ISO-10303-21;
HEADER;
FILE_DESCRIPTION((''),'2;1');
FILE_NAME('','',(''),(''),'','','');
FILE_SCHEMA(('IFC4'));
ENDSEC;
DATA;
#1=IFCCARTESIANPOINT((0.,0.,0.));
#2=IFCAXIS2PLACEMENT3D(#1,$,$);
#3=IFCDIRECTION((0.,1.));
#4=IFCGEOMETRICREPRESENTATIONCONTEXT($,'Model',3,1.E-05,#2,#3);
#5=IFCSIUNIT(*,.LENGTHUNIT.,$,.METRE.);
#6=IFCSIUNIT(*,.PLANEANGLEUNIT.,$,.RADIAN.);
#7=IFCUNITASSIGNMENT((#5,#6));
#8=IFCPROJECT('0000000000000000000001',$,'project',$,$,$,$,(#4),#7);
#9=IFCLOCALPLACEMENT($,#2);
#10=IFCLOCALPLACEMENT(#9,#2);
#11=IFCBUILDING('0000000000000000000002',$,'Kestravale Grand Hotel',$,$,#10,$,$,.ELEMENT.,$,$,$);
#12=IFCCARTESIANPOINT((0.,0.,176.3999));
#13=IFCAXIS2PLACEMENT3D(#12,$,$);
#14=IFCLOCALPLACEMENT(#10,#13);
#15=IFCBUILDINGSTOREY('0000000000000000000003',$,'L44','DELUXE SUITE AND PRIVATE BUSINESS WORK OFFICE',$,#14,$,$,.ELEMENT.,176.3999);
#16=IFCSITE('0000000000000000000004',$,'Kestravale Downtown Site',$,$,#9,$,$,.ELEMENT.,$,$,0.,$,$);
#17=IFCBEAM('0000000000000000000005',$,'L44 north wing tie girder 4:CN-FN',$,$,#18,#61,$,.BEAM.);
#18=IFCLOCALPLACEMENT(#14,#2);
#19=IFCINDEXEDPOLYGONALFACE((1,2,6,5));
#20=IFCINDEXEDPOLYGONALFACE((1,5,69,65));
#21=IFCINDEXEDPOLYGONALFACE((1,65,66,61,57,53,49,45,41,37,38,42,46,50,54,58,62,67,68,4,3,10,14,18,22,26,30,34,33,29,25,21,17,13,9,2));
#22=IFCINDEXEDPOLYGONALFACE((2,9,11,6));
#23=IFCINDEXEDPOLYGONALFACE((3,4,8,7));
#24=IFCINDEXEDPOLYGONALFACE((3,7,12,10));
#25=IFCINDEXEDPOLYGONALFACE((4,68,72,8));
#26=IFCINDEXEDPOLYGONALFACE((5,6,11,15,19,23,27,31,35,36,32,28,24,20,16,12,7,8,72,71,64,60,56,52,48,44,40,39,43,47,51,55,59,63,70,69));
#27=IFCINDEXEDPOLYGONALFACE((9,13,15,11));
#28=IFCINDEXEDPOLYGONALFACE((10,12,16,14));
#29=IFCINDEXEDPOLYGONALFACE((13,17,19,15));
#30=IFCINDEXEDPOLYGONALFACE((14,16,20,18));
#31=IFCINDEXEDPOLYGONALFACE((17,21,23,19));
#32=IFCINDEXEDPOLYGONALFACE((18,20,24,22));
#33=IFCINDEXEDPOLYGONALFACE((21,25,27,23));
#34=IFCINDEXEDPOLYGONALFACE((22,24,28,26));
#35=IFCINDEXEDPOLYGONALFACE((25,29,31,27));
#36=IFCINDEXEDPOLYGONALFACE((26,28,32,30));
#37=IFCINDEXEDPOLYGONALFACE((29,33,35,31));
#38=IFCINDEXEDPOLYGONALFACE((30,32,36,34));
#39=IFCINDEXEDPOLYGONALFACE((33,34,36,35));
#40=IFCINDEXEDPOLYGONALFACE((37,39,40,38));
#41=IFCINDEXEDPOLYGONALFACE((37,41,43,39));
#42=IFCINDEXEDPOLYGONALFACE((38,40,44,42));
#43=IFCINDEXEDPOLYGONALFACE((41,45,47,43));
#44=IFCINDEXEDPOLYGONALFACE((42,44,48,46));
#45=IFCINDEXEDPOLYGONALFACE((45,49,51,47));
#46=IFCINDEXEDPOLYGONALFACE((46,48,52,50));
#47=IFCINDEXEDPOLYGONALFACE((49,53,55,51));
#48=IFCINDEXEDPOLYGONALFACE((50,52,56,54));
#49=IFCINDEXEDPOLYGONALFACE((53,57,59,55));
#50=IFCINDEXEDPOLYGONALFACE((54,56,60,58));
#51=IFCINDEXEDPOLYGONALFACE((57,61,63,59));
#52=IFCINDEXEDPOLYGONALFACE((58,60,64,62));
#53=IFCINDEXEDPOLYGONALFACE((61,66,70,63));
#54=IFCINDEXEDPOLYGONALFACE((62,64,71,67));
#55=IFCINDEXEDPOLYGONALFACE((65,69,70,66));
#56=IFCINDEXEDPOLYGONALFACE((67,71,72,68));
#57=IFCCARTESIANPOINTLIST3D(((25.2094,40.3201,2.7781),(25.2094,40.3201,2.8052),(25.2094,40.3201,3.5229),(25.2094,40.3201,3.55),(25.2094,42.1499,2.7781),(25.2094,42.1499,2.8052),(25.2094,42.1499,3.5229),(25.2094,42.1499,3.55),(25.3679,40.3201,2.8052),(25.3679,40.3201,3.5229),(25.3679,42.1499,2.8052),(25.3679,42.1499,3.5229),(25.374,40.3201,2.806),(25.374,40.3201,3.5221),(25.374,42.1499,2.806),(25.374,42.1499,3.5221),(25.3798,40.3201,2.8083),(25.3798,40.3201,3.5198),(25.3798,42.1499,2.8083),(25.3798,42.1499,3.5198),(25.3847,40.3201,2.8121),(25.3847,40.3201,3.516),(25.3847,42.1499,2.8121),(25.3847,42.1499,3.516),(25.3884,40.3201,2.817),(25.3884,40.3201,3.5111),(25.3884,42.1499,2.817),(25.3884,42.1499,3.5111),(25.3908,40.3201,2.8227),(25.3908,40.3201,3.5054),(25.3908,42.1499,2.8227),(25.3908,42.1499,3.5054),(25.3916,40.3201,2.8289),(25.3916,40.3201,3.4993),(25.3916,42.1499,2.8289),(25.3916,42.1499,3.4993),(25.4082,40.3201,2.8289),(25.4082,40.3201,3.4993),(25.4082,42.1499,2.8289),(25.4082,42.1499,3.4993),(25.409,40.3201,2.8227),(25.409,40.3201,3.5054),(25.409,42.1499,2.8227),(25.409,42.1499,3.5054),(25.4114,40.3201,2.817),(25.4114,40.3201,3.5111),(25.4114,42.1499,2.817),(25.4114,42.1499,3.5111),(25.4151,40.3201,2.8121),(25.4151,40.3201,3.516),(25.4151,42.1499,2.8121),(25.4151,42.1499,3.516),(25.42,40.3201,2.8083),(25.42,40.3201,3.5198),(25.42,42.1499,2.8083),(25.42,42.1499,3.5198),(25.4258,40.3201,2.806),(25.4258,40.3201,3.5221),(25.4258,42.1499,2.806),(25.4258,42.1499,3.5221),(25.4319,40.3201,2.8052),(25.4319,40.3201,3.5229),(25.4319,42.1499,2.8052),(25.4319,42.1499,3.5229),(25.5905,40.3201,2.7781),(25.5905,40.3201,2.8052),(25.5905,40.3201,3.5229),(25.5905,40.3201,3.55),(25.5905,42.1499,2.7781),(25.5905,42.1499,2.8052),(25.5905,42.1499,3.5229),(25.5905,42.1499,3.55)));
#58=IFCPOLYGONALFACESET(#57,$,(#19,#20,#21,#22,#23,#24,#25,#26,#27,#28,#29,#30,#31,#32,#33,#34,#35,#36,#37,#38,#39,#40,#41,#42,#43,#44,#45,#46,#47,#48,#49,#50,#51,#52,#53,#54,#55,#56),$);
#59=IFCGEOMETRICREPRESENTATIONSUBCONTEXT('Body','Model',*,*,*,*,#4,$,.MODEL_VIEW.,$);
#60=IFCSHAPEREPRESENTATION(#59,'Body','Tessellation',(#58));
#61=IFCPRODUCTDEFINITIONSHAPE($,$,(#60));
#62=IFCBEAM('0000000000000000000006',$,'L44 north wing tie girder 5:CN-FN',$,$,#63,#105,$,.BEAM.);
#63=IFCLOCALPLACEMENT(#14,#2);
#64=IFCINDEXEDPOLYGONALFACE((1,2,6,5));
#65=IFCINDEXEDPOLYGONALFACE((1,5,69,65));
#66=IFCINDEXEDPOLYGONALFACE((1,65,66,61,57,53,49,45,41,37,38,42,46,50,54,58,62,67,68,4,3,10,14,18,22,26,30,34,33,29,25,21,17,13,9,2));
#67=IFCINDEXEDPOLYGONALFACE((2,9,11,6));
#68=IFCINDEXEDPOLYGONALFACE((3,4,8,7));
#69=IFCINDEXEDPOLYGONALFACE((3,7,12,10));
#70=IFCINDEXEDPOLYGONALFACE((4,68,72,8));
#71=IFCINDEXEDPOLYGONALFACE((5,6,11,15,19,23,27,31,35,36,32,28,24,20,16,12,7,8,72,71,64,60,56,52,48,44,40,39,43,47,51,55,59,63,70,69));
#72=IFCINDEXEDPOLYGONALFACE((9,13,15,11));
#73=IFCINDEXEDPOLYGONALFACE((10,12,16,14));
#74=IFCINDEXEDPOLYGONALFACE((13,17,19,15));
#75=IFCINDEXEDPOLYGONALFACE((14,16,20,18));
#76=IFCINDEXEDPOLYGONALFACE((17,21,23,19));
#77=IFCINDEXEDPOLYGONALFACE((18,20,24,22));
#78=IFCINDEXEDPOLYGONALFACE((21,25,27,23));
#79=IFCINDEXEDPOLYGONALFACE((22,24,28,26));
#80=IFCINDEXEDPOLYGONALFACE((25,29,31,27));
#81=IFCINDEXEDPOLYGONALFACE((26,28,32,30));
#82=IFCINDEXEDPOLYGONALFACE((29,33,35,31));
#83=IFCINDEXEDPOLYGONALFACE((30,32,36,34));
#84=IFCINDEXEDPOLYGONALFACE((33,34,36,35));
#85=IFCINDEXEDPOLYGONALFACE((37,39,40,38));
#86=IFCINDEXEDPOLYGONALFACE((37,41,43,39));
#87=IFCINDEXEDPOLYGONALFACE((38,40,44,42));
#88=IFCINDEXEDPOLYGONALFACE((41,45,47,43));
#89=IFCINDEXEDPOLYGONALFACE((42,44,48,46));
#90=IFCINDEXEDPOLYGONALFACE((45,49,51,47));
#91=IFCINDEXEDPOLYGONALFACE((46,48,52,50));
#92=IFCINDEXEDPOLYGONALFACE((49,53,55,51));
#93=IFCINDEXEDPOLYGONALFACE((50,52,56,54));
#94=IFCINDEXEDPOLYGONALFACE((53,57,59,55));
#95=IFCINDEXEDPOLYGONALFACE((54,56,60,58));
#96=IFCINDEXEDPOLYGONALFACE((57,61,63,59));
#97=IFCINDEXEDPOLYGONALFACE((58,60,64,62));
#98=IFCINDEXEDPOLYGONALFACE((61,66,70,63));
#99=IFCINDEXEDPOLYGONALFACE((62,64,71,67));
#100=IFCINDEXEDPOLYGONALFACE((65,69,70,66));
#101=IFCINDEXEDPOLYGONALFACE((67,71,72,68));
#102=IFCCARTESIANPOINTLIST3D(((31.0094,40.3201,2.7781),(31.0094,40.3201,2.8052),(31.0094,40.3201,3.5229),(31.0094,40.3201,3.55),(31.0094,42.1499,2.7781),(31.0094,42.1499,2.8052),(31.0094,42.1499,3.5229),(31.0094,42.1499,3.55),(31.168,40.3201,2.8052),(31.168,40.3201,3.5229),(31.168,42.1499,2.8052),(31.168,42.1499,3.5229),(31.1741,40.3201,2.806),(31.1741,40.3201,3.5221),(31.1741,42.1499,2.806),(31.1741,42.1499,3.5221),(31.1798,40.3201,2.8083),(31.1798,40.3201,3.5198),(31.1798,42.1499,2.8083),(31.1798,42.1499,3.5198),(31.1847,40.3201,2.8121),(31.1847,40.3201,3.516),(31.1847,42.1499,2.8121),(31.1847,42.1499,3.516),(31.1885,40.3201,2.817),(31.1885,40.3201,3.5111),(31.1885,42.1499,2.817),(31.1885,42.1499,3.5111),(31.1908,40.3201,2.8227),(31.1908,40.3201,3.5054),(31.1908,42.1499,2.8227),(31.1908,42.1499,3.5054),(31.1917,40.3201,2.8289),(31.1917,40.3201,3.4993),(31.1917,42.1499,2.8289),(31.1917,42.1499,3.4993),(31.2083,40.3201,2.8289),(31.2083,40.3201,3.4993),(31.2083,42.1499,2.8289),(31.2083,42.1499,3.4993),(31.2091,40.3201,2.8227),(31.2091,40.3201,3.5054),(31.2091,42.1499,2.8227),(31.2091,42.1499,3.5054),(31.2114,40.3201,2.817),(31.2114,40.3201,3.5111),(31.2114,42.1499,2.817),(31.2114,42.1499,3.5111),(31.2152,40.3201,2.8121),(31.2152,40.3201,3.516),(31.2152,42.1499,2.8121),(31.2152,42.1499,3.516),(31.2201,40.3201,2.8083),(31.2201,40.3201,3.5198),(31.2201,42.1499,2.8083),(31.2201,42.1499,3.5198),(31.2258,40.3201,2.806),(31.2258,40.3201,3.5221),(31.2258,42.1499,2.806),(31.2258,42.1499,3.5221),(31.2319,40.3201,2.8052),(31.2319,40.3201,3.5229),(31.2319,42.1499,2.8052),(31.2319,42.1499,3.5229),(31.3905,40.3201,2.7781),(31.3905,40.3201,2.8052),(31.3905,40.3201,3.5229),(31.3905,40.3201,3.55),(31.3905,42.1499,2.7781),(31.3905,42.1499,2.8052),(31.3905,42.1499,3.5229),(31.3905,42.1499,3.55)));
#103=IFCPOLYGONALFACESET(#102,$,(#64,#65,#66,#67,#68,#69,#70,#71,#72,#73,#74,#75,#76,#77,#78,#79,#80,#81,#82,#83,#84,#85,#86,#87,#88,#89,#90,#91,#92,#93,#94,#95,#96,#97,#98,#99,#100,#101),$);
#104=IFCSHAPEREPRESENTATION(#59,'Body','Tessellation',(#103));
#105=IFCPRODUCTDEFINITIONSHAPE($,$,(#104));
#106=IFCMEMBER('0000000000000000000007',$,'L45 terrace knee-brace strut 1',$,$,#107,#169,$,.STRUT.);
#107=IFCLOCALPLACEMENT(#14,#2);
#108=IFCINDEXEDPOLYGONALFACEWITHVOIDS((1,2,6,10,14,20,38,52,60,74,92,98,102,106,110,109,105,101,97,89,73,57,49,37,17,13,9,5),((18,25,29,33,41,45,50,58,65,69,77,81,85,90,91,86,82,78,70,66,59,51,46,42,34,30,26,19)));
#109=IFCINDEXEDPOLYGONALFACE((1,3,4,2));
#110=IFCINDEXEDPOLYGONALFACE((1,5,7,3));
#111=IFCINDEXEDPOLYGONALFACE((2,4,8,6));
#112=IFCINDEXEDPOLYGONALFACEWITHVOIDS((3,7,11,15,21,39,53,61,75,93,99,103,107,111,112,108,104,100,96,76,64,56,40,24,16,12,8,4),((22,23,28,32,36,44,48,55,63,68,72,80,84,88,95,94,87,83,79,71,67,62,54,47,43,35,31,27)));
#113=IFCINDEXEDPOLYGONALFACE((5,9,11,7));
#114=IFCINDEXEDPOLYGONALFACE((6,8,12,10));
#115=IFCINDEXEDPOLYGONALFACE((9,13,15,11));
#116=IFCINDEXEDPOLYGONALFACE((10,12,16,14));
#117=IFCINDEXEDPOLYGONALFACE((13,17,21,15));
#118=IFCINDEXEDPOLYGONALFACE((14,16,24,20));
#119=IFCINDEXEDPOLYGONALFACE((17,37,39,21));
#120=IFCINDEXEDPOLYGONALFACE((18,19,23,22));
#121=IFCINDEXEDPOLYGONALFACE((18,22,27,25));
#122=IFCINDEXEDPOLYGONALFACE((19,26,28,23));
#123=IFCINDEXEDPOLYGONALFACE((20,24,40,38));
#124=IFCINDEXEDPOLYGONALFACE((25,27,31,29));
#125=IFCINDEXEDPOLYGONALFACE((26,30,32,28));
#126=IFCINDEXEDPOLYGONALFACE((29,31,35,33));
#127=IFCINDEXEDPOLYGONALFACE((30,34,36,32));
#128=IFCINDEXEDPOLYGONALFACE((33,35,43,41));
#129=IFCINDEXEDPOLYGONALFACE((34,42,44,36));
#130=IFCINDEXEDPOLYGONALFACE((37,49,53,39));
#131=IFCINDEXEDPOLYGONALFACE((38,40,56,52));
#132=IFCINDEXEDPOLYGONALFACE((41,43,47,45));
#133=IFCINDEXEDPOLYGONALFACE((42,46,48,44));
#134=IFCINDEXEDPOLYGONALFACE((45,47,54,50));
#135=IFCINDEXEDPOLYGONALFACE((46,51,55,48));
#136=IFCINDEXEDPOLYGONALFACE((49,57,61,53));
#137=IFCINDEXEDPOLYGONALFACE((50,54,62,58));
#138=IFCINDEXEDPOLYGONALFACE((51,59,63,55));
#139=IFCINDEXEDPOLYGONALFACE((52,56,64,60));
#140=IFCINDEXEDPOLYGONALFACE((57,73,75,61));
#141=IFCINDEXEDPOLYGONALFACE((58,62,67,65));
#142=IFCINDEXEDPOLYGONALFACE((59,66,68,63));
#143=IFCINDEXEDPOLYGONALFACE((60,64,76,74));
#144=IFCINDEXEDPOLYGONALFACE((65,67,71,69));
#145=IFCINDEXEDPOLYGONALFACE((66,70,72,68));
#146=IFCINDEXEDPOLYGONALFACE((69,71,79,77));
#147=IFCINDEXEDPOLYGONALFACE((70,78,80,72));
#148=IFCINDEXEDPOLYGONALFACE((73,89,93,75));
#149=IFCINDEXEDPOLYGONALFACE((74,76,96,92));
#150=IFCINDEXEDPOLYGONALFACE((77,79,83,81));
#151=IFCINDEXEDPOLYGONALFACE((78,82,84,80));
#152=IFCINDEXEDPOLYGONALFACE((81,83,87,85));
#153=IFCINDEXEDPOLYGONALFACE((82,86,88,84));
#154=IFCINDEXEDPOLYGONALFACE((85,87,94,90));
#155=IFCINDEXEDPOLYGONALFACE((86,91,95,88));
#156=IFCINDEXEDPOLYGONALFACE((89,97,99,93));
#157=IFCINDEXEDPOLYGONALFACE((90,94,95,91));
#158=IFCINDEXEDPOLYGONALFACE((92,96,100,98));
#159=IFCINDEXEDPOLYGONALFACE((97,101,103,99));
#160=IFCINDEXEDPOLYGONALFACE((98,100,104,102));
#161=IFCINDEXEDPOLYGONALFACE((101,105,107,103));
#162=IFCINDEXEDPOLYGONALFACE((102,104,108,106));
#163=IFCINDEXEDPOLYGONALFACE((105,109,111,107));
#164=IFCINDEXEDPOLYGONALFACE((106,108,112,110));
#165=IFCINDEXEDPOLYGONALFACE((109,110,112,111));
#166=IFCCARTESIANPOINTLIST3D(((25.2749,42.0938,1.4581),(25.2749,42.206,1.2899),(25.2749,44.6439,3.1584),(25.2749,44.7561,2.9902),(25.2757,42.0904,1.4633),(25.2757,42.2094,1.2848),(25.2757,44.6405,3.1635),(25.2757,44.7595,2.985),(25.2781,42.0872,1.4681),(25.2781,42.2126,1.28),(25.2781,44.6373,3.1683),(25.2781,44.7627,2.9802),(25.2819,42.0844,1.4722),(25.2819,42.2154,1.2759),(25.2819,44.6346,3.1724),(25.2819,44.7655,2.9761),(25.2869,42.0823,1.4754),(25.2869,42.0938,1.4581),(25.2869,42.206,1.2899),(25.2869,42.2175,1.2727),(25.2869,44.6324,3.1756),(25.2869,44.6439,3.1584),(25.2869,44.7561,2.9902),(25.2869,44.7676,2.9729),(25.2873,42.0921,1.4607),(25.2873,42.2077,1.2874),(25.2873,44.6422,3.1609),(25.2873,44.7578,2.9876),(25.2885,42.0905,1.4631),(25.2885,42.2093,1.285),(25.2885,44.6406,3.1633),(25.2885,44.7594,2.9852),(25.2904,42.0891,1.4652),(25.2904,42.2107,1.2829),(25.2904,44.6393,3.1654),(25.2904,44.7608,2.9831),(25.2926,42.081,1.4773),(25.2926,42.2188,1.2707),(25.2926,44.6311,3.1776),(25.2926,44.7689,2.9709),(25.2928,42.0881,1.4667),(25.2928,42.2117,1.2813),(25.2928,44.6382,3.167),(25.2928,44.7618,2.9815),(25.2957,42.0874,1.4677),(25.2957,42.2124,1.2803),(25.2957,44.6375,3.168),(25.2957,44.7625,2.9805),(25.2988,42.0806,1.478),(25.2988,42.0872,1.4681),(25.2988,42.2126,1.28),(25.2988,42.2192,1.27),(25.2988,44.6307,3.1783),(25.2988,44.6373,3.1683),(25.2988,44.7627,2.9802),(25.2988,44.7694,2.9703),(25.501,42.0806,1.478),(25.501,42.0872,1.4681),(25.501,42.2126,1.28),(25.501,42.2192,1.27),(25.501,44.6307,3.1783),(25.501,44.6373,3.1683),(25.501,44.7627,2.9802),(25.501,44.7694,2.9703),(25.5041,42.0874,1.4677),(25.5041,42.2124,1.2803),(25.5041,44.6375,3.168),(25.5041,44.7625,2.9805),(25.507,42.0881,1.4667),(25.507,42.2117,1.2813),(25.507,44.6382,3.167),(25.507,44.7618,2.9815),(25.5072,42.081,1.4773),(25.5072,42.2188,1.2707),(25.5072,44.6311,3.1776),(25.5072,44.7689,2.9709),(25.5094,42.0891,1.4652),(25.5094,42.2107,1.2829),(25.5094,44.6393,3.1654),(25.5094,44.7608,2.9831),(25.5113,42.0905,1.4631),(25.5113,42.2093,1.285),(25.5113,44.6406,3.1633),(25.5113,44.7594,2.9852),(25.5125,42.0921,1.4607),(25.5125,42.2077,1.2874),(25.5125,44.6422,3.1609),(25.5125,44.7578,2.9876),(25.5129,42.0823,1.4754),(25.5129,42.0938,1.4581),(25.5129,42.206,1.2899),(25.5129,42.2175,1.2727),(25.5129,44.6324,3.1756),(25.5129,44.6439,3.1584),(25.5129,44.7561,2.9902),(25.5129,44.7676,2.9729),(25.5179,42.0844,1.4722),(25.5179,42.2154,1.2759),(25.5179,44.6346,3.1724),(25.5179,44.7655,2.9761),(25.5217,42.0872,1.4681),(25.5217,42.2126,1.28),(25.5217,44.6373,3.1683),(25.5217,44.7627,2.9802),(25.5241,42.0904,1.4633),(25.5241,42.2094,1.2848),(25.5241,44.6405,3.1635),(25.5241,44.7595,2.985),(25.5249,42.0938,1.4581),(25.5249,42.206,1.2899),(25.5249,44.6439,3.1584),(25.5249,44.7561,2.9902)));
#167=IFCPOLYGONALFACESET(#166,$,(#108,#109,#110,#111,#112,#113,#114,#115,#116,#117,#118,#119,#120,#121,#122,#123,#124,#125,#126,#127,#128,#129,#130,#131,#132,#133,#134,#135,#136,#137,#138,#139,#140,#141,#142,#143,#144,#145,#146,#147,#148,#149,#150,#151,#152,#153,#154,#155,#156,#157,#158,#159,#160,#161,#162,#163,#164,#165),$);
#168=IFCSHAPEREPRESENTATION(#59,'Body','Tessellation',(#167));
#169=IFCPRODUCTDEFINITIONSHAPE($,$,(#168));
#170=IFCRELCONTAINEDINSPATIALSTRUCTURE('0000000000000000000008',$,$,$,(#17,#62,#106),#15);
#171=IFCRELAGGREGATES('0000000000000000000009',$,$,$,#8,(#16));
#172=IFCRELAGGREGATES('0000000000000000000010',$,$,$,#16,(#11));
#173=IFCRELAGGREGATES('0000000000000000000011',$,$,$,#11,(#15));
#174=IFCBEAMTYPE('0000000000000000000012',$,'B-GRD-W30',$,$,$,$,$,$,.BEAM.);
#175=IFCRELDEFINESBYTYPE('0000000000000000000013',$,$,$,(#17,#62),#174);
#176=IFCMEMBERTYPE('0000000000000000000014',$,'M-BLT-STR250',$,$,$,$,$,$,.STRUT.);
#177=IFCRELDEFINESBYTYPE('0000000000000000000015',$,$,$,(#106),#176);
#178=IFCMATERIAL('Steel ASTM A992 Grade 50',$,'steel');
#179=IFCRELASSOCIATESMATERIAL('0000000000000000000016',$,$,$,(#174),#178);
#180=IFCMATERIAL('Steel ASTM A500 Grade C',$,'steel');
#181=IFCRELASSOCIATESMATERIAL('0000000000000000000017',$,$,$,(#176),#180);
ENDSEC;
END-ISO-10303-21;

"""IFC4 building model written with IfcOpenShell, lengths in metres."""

from ifc_helpers import new_model, si_unit, direction, frame, origin, origin_2d, place, context, subcontext, project, spatial, hollow_rectangle, i_section, extrude, material, material_profile, profile_set, type_object, element, save


model = new_model("IFC4")

# Units and contexts
model_context = context("Model", 3, precision=1e-05, world=origin(), true_north=direction((0.0, 1.0)))
body_context = subcontext(model_context, "Body", "Model", "MODEL_VIEW")
ifc_project = project(units=[si_unit("LENGTHUNIT", "METRE"), si_unit("PLANEANGLEUNIT", "RADIAN")], contexts=[model_context])

# Site, building, storey
site_placement = place(None, origin())
site = spatial("IfcSite", under=ifc_project, at=site_placement, Name="Kestravale Downtown Site", CompositionType="ELEMENT", RefElevation=0.0)
building_placement = place(site_placement, origin())
building = spatial("IfcBuilding", under=site, at=building_placement, Name="Kestravale Grand Hotel", CompositionType="ELEMENT")
storey_placement = place(building_placement, frame((0.0, 0.0, 176.3999)))
storey = spatial("IfcBuildingStorey", under=building, at=storey_placement, Name="L44", Description="DELUXE SUITE AND PRIVATE BUSINESS WORK OFFICE", CompositionType="ELEMENT", Elevation=176.3999)

# Beams
ifc_material_1 = material(Name="Steel ASTM A992 Grade 50", Category="steel")
ifc_material_profile_1 = material_profile(ifc_material_1, i_section(OverallWidth=0.3811, OverallDepth=0.772, WebThickness=0.0166, FlangeThickness=0.0271, FilletRadius=0.0237, at=origin_2d()))
ifc_profile_set_1 = profile_set([ifc_material_profile_1], Name="Steel ASTM A992 Grade 50")
beam_type_1 = type_object("IfcBeamType", Name="B-GRD-W30", PredefinedType="BEAM", material=ifc_profile_set_1)
for number, where, z_axis, x_axis, name in (
    (1, (25.3999, 40.3201, 3.1641), (0.0, 1.0, 0.0), (-1.0, 0.0, 0.0), "L44 north wing tie girder 4:CN-FN"),
    (2, (31.2, 40.3201, 3.1641), (0.0, 1.0, 0.0), (-1.0, 0.0, 0.0), "L44 north wing tie girder 5:CN-FN"),
):
    element("IfcBeam", number, at=place(storey_placement, frame(where, z_axis=z_axis, x_axis=x_axis)), inside=storey, type_object=beam_type_1, Name=name, PredefinedType="BEAM", context=body_context, shape_type="SweptSolid", body=[
        extrude(i_section(OverallWidth=0.3811, OverallDepth=0.772, WebThickness=0.0166, FlangeThickness=0.0271, FilletRadius=0.0237, at=origin_2d()), origin(), (0.0, 0.0, 1.0), 1.8298),
    ])

# Member
ifc_material_2 = material(Name="Steel ASTM A500 Grade C", Category="steel")
ifc_material_profile_2 = material_profile(ifc_material_2, hollow_rectangle(XDim=0.25, YDim=0.25, WallThickness=0.012, InnerFilletRadius=0.012, OuterFilletRadius=0.0239, at=origin_2d()))
ifc_profile_set_2 = profile_set([ifc_material_profile_2], Name="Steel ASTM A500 Grade C")
member_type = type_object("IfcMemberType", Name="M-BLT-STR250", PredefinedType="STRUT", material=ifc_profile_set_2)
for number, where, z_axis, x_axis, name in (
    (3, (25.3999, 42.1499, 1.374), (0.0, 0.832026, 0.554737), (-1.0, 0.0, 0.0), "L45 terrace knee-brace strut 1"),
):
    element("IfcMember", number, at=place(storey_placement, frame(where, z_axis=z_axis, x_axis=x_axis)), inside=storey, type_object=member_type, Name=name, PredefinedType="STRUT", context=body_context, shape_type="SweptSolid", body=[
        extrude(hollow_rectangle(XDim=0.25, YDim=0.25, WallThickness=0.012, InnerFilletRadius=0.012, OuterFilletRadius=0.0239, at=origin_2d()), origin(), (0.0, 0.0, 1.0), 3.0649),
    ])

save(model, "model.ifc")
